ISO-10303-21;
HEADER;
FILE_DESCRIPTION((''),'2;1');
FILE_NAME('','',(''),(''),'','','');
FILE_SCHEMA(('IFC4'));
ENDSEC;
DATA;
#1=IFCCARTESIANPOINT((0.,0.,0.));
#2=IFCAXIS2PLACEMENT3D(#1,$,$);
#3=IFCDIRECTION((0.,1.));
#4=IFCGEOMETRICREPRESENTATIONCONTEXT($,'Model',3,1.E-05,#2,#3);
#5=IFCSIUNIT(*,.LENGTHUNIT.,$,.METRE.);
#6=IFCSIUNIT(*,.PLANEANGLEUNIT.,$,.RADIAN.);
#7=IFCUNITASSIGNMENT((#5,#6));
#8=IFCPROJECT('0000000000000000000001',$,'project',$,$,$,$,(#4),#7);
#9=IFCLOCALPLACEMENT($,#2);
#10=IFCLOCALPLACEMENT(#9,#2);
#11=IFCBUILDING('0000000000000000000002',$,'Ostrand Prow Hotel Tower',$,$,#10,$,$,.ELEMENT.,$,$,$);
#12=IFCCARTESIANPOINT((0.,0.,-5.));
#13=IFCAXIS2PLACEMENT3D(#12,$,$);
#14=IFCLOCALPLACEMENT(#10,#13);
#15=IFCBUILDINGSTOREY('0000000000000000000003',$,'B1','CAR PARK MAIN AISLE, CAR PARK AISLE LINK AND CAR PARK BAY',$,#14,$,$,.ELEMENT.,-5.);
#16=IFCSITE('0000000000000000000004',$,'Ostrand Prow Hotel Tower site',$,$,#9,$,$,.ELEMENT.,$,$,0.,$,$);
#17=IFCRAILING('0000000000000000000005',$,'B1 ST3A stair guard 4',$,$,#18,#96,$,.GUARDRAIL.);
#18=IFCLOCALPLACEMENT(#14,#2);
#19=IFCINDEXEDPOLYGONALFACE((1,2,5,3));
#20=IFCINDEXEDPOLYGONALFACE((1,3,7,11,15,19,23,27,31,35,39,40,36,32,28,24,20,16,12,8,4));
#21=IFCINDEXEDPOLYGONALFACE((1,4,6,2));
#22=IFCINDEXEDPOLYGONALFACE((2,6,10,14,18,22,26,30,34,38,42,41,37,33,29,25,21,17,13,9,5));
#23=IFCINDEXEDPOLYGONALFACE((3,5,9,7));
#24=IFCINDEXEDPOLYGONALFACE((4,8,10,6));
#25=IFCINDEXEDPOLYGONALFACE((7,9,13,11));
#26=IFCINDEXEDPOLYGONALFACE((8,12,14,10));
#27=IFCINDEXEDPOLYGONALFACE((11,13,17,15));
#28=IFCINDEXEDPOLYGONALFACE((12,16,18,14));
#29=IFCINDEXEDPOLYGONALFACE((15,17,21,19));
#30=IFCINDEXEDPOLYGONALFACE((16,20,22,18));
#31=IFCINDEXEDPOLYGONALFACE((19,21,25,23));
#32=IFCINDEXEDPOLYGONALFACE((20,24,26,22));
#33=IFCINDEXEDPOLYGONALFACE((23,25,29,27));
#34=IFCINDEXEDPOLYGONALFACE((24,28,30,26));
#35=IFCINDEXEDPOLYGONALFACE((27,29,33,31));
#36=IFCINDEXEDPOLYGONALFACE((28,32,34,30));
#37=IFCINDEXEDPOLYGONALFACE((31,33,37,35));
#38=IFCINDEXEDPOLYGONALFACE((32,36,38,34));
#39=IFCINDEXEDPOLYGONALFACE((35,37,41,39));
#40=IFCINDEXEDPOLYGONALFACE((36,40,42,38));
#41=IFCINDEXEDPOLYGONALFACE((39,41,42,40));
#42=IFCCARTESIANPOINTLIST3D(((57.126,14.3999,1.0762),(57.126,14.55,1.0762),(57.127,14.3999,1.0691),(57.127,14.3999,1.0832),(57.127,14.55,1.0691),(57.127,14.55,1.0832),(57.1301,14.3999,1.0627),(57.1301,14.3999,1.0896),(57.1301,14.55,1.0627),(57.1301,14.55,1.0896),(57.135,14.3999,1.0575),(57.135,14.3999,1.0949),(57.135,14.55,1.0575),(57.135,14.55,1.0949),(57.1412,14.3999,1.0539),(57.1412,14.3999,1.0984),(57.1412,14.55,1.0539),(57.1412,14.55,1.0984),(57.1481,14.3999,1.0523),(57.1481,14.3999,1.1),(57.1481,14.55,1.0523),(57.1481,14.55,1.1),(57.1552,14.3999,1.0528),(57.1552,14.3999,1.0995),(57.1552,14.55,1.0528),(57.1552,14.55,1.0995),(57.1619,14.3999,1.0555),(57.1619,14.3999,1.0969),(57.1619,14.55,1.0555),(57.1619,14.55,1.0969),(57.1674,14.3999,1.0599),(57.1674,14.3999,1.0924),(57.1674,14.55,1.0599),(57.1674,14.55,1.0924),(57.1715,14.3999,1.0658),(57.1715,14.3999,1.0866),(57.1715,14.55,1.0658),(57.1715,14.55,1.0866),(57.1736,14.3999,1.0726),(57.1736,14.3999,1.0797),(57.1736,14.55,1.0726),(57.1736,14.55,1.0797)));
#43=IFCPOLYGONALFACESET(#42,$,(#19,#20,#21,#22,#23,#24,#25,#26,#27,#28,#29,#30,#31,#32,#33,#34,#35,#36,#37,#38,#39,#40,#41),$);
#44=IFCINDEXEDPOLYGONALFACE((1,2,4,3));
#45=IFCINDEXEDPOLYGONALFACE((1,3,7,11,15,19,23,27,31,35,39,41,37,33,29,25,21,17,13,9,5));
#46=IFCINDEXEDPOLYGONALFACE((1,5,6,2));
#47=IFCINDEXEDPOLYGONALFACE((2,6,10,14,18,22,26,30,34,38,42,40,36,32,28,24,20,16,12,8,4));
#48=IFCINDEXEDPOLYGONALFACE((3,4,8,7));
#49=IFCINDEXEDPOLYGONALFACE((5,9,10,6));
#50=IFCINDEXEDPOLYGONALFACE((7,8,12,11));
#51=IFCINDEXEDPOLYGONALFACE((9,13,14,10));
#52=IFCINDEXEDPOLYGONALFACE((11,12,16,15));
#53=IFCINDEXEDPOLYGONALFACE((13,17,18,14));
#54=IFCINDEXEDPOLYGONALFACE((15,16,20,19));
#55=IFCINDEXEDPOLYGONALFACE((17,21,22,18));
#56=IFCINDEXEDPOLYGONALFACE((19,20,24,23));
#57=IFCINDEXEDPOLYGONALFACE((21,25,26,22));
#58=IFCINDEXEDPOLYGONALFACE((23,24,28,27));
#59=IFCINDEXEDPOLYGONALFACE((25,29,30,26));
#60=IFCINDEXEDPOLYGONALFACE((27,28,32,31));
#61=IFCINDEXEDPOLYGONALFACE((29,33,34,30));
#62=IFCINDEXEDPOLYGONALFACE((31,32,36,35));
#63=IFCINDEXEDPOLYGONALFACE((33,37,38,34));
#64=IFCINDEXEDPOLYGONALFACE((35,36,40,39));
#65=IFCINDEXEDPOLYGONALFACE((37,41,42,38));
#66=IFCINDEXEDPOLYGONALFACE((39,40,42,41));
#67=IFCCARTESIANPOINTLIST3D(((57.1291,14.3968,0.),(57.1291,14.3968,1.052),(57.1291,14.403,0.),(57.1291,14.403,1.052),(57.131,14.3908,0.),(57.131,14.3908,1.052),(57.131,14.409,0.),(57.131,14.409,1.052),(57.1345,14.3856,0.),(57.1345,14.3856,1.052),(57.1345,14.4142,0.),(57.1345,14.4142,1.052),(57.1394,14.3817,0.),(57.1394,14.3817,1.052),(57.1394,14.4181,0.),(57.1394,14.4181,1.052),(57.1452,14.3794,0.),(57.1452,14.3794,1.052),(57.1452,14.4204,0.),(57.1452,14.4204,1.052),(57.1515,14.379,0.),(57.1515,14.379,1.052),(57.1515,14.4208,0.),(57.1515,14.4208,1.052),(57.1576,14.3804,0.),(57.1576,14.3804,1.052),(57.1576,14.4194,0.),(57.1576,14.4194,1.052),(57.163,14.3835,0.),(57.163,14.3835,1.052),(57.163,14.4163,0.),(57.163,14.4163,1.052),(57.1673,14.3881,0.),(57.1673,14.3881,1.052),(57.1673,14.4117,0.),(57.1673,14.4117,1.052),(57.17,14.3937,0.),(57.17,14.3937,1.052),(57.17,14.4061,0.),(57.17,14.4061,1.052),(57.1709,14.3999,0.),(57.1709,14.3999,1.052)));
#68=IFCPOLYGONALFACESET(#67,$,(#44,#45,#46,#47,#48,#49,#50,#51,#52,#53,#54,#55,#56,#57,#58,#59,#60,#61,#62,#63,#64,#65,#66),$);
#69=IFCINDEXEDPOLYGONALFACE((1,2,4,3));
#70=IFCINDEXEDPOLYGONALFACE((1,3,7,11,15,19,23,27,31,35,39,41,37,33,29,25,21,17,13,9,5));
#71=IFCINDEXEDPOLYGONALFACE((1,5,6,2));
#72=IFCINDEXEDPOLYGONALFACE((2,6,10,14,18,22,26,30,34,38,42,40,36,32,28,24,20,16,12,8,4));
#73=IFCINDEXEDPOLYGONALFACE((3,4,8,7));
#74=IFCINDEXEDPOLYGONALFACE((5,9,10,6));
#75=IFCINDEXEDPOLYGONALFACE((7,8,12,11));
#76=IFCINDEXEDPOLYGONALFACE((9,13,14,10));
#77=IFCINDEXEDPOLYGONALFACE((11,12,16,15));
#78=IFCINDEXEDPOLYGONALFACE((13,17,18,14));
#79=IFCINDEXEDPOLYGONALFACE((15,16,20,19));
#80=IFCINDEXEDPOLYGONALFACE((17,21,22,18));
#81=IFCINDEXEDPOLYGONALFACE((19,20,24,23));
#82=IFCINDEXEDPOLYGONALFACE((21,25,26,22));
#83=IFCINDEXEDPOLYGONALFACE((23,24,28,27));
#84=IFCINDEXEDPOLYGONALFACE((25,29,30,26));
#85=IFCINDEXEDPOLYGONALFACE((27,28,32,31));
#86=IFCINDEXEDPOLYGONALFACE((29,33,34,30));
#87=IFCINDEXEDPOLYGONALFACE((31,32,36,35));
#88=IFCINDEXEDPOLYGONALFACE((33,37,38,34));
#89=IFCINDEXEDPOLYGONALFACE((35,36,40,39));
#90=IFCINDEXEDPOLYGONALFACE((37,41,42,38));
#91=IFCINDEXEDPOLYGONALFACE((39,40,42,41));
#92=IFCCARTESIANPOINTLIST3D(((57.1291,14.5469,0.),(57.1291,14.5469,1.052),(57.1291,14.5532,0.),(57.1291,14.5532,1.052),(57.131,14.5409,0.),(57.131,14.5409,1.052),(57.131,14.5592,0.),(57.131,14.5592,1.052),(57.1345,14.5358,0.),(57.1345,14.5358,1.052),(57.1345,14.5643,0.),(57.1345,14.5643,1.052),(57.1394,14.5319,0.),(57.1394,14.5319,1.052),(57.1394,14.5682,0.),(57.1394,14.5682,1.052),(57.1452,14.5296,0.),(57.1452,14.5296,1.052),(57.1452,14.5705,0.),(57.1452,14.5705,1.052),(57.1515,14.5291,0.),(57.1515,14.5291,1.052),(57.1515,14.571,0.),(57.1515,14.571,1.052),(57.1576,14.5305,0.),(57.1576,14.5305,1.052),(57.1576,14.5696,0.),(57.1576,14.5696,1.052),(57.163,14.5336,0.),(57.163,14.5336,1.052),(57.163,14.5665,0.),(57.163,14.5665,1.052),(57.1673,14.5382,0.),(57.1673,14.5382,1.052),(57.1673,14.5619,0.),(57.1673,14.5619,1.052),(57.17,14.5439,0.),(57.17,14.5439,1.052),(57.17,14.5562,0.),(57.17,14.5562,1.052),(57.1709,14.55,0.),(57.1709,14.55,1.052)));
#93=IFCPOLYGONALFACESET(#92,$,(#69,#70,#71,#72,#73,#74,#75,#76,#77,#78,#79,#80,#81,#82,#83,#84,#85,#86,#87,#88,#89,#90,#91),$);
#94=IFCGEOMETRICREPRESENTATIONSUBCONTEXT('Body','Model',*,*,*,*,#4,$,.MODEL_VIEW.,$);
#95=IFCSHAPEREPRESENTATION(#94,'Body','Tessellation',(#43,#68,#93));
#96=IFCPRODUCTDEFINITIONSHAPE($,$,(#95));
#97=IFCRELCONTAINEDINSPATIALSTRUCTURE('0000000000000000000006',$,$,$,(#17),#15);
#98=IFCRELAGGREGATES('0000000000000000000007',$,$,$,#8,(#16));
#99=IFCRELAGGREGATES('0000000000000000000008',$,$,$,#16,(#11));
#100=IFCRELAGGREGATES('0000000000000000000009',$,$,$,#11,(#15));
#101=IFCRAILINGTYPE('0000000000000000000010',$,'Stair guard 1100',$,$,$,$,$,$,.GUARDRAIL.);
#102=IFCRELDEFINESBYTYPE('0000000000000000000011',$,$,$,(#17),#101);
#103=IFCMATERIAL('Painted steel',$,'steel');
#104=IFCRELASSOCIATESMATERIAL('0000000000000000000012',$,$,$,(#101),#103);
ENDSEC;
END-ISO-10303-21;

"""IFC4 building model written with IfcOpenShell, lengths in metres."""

from ifc_helpers import new_model, si_unit, direction, frame, origin, origin_2d, place, context, subcontext, project, spatial, circle, extrude, material, type_object, element, save


model = new_model("IFC4")

# Units and contexts
model_context = context("Model", 3, precision=1e-05, world=origin(), true_north=direction((0.0, 1.0)))
body_context = subcontext(model_context, "Body", "Model", "MODEL_VIEW")
ifc_project = project(units=[si_unit("LENGTHUNIT", "METRE"), si_unit("PLANEANGLEUNIT", "RADIAN")], contexts=[model_context])

# Site, building, storey
site_placement = place(None, origin())
site = spatial("IfcSite", under=ifc_project, at=site_placement, Name="Ostrand Prow Hotel Tower site", CompositionType="ELEMENT", RefElevation=0.0)
building_placement = place(site_placement, origin())
building = spatial("IfcBuilding", under=site, at=building_placement, Name="Ostrand Prow Hotel Tower", CompositionType="ELEMENT")
storey_placement = place(building_placement, frame((0.0, 0.0, -5.0)))
storey = spatial("IfcBuildingStorey", under=building, at=storey_placement, Name="B1", Description="CAR PARK MAIN AISLE, CAR PARK AISLE LINK AND CAR PARK BAY", CompositionType="ELEMENT", Elevation=-5.0)

# Railing
ifc_material_1 = material(Name="Painted steel", Category="steel")
railing_type_1 = type_object("IfcRailingType", Name="Stair guard 1100", PredefinedType="GUARDRAIL", material=ifc_material_1)
railing_1_placement = place(storey_placement, frame((57.1499, 14.3999, 0.0)))
element("IfcRailing", 1, at=railing_1_placement, inside=storey, type_object=railing_type_1, Name="B1 ST3A stair guard 4", PredefinedType="GUARDRAIL", context=body_context, shape_type="SweptSolid", body=[
    extrude(circle(Radius=0.0239, at=origin_2d()), frame((0.0, 0.0, 1.0762), z_axis=(0.0, 1.0, 0.0), x_axis=(-1.0, 0.0, 0.0)), (0.0, 0.0, 1.0), 0.1501),
    extrude(circle(Radius=0.021, at=origin_2d()), origin(), (0.0, 0.0, 1.0), 1.052),
    extrude(circle(Radius=0.021, at=origin_2d()), frame((0.0, 0.1501, 0.0)), (0.0, 0.0, 1.0), 1.052),
])

save(model, "model.ifc")
